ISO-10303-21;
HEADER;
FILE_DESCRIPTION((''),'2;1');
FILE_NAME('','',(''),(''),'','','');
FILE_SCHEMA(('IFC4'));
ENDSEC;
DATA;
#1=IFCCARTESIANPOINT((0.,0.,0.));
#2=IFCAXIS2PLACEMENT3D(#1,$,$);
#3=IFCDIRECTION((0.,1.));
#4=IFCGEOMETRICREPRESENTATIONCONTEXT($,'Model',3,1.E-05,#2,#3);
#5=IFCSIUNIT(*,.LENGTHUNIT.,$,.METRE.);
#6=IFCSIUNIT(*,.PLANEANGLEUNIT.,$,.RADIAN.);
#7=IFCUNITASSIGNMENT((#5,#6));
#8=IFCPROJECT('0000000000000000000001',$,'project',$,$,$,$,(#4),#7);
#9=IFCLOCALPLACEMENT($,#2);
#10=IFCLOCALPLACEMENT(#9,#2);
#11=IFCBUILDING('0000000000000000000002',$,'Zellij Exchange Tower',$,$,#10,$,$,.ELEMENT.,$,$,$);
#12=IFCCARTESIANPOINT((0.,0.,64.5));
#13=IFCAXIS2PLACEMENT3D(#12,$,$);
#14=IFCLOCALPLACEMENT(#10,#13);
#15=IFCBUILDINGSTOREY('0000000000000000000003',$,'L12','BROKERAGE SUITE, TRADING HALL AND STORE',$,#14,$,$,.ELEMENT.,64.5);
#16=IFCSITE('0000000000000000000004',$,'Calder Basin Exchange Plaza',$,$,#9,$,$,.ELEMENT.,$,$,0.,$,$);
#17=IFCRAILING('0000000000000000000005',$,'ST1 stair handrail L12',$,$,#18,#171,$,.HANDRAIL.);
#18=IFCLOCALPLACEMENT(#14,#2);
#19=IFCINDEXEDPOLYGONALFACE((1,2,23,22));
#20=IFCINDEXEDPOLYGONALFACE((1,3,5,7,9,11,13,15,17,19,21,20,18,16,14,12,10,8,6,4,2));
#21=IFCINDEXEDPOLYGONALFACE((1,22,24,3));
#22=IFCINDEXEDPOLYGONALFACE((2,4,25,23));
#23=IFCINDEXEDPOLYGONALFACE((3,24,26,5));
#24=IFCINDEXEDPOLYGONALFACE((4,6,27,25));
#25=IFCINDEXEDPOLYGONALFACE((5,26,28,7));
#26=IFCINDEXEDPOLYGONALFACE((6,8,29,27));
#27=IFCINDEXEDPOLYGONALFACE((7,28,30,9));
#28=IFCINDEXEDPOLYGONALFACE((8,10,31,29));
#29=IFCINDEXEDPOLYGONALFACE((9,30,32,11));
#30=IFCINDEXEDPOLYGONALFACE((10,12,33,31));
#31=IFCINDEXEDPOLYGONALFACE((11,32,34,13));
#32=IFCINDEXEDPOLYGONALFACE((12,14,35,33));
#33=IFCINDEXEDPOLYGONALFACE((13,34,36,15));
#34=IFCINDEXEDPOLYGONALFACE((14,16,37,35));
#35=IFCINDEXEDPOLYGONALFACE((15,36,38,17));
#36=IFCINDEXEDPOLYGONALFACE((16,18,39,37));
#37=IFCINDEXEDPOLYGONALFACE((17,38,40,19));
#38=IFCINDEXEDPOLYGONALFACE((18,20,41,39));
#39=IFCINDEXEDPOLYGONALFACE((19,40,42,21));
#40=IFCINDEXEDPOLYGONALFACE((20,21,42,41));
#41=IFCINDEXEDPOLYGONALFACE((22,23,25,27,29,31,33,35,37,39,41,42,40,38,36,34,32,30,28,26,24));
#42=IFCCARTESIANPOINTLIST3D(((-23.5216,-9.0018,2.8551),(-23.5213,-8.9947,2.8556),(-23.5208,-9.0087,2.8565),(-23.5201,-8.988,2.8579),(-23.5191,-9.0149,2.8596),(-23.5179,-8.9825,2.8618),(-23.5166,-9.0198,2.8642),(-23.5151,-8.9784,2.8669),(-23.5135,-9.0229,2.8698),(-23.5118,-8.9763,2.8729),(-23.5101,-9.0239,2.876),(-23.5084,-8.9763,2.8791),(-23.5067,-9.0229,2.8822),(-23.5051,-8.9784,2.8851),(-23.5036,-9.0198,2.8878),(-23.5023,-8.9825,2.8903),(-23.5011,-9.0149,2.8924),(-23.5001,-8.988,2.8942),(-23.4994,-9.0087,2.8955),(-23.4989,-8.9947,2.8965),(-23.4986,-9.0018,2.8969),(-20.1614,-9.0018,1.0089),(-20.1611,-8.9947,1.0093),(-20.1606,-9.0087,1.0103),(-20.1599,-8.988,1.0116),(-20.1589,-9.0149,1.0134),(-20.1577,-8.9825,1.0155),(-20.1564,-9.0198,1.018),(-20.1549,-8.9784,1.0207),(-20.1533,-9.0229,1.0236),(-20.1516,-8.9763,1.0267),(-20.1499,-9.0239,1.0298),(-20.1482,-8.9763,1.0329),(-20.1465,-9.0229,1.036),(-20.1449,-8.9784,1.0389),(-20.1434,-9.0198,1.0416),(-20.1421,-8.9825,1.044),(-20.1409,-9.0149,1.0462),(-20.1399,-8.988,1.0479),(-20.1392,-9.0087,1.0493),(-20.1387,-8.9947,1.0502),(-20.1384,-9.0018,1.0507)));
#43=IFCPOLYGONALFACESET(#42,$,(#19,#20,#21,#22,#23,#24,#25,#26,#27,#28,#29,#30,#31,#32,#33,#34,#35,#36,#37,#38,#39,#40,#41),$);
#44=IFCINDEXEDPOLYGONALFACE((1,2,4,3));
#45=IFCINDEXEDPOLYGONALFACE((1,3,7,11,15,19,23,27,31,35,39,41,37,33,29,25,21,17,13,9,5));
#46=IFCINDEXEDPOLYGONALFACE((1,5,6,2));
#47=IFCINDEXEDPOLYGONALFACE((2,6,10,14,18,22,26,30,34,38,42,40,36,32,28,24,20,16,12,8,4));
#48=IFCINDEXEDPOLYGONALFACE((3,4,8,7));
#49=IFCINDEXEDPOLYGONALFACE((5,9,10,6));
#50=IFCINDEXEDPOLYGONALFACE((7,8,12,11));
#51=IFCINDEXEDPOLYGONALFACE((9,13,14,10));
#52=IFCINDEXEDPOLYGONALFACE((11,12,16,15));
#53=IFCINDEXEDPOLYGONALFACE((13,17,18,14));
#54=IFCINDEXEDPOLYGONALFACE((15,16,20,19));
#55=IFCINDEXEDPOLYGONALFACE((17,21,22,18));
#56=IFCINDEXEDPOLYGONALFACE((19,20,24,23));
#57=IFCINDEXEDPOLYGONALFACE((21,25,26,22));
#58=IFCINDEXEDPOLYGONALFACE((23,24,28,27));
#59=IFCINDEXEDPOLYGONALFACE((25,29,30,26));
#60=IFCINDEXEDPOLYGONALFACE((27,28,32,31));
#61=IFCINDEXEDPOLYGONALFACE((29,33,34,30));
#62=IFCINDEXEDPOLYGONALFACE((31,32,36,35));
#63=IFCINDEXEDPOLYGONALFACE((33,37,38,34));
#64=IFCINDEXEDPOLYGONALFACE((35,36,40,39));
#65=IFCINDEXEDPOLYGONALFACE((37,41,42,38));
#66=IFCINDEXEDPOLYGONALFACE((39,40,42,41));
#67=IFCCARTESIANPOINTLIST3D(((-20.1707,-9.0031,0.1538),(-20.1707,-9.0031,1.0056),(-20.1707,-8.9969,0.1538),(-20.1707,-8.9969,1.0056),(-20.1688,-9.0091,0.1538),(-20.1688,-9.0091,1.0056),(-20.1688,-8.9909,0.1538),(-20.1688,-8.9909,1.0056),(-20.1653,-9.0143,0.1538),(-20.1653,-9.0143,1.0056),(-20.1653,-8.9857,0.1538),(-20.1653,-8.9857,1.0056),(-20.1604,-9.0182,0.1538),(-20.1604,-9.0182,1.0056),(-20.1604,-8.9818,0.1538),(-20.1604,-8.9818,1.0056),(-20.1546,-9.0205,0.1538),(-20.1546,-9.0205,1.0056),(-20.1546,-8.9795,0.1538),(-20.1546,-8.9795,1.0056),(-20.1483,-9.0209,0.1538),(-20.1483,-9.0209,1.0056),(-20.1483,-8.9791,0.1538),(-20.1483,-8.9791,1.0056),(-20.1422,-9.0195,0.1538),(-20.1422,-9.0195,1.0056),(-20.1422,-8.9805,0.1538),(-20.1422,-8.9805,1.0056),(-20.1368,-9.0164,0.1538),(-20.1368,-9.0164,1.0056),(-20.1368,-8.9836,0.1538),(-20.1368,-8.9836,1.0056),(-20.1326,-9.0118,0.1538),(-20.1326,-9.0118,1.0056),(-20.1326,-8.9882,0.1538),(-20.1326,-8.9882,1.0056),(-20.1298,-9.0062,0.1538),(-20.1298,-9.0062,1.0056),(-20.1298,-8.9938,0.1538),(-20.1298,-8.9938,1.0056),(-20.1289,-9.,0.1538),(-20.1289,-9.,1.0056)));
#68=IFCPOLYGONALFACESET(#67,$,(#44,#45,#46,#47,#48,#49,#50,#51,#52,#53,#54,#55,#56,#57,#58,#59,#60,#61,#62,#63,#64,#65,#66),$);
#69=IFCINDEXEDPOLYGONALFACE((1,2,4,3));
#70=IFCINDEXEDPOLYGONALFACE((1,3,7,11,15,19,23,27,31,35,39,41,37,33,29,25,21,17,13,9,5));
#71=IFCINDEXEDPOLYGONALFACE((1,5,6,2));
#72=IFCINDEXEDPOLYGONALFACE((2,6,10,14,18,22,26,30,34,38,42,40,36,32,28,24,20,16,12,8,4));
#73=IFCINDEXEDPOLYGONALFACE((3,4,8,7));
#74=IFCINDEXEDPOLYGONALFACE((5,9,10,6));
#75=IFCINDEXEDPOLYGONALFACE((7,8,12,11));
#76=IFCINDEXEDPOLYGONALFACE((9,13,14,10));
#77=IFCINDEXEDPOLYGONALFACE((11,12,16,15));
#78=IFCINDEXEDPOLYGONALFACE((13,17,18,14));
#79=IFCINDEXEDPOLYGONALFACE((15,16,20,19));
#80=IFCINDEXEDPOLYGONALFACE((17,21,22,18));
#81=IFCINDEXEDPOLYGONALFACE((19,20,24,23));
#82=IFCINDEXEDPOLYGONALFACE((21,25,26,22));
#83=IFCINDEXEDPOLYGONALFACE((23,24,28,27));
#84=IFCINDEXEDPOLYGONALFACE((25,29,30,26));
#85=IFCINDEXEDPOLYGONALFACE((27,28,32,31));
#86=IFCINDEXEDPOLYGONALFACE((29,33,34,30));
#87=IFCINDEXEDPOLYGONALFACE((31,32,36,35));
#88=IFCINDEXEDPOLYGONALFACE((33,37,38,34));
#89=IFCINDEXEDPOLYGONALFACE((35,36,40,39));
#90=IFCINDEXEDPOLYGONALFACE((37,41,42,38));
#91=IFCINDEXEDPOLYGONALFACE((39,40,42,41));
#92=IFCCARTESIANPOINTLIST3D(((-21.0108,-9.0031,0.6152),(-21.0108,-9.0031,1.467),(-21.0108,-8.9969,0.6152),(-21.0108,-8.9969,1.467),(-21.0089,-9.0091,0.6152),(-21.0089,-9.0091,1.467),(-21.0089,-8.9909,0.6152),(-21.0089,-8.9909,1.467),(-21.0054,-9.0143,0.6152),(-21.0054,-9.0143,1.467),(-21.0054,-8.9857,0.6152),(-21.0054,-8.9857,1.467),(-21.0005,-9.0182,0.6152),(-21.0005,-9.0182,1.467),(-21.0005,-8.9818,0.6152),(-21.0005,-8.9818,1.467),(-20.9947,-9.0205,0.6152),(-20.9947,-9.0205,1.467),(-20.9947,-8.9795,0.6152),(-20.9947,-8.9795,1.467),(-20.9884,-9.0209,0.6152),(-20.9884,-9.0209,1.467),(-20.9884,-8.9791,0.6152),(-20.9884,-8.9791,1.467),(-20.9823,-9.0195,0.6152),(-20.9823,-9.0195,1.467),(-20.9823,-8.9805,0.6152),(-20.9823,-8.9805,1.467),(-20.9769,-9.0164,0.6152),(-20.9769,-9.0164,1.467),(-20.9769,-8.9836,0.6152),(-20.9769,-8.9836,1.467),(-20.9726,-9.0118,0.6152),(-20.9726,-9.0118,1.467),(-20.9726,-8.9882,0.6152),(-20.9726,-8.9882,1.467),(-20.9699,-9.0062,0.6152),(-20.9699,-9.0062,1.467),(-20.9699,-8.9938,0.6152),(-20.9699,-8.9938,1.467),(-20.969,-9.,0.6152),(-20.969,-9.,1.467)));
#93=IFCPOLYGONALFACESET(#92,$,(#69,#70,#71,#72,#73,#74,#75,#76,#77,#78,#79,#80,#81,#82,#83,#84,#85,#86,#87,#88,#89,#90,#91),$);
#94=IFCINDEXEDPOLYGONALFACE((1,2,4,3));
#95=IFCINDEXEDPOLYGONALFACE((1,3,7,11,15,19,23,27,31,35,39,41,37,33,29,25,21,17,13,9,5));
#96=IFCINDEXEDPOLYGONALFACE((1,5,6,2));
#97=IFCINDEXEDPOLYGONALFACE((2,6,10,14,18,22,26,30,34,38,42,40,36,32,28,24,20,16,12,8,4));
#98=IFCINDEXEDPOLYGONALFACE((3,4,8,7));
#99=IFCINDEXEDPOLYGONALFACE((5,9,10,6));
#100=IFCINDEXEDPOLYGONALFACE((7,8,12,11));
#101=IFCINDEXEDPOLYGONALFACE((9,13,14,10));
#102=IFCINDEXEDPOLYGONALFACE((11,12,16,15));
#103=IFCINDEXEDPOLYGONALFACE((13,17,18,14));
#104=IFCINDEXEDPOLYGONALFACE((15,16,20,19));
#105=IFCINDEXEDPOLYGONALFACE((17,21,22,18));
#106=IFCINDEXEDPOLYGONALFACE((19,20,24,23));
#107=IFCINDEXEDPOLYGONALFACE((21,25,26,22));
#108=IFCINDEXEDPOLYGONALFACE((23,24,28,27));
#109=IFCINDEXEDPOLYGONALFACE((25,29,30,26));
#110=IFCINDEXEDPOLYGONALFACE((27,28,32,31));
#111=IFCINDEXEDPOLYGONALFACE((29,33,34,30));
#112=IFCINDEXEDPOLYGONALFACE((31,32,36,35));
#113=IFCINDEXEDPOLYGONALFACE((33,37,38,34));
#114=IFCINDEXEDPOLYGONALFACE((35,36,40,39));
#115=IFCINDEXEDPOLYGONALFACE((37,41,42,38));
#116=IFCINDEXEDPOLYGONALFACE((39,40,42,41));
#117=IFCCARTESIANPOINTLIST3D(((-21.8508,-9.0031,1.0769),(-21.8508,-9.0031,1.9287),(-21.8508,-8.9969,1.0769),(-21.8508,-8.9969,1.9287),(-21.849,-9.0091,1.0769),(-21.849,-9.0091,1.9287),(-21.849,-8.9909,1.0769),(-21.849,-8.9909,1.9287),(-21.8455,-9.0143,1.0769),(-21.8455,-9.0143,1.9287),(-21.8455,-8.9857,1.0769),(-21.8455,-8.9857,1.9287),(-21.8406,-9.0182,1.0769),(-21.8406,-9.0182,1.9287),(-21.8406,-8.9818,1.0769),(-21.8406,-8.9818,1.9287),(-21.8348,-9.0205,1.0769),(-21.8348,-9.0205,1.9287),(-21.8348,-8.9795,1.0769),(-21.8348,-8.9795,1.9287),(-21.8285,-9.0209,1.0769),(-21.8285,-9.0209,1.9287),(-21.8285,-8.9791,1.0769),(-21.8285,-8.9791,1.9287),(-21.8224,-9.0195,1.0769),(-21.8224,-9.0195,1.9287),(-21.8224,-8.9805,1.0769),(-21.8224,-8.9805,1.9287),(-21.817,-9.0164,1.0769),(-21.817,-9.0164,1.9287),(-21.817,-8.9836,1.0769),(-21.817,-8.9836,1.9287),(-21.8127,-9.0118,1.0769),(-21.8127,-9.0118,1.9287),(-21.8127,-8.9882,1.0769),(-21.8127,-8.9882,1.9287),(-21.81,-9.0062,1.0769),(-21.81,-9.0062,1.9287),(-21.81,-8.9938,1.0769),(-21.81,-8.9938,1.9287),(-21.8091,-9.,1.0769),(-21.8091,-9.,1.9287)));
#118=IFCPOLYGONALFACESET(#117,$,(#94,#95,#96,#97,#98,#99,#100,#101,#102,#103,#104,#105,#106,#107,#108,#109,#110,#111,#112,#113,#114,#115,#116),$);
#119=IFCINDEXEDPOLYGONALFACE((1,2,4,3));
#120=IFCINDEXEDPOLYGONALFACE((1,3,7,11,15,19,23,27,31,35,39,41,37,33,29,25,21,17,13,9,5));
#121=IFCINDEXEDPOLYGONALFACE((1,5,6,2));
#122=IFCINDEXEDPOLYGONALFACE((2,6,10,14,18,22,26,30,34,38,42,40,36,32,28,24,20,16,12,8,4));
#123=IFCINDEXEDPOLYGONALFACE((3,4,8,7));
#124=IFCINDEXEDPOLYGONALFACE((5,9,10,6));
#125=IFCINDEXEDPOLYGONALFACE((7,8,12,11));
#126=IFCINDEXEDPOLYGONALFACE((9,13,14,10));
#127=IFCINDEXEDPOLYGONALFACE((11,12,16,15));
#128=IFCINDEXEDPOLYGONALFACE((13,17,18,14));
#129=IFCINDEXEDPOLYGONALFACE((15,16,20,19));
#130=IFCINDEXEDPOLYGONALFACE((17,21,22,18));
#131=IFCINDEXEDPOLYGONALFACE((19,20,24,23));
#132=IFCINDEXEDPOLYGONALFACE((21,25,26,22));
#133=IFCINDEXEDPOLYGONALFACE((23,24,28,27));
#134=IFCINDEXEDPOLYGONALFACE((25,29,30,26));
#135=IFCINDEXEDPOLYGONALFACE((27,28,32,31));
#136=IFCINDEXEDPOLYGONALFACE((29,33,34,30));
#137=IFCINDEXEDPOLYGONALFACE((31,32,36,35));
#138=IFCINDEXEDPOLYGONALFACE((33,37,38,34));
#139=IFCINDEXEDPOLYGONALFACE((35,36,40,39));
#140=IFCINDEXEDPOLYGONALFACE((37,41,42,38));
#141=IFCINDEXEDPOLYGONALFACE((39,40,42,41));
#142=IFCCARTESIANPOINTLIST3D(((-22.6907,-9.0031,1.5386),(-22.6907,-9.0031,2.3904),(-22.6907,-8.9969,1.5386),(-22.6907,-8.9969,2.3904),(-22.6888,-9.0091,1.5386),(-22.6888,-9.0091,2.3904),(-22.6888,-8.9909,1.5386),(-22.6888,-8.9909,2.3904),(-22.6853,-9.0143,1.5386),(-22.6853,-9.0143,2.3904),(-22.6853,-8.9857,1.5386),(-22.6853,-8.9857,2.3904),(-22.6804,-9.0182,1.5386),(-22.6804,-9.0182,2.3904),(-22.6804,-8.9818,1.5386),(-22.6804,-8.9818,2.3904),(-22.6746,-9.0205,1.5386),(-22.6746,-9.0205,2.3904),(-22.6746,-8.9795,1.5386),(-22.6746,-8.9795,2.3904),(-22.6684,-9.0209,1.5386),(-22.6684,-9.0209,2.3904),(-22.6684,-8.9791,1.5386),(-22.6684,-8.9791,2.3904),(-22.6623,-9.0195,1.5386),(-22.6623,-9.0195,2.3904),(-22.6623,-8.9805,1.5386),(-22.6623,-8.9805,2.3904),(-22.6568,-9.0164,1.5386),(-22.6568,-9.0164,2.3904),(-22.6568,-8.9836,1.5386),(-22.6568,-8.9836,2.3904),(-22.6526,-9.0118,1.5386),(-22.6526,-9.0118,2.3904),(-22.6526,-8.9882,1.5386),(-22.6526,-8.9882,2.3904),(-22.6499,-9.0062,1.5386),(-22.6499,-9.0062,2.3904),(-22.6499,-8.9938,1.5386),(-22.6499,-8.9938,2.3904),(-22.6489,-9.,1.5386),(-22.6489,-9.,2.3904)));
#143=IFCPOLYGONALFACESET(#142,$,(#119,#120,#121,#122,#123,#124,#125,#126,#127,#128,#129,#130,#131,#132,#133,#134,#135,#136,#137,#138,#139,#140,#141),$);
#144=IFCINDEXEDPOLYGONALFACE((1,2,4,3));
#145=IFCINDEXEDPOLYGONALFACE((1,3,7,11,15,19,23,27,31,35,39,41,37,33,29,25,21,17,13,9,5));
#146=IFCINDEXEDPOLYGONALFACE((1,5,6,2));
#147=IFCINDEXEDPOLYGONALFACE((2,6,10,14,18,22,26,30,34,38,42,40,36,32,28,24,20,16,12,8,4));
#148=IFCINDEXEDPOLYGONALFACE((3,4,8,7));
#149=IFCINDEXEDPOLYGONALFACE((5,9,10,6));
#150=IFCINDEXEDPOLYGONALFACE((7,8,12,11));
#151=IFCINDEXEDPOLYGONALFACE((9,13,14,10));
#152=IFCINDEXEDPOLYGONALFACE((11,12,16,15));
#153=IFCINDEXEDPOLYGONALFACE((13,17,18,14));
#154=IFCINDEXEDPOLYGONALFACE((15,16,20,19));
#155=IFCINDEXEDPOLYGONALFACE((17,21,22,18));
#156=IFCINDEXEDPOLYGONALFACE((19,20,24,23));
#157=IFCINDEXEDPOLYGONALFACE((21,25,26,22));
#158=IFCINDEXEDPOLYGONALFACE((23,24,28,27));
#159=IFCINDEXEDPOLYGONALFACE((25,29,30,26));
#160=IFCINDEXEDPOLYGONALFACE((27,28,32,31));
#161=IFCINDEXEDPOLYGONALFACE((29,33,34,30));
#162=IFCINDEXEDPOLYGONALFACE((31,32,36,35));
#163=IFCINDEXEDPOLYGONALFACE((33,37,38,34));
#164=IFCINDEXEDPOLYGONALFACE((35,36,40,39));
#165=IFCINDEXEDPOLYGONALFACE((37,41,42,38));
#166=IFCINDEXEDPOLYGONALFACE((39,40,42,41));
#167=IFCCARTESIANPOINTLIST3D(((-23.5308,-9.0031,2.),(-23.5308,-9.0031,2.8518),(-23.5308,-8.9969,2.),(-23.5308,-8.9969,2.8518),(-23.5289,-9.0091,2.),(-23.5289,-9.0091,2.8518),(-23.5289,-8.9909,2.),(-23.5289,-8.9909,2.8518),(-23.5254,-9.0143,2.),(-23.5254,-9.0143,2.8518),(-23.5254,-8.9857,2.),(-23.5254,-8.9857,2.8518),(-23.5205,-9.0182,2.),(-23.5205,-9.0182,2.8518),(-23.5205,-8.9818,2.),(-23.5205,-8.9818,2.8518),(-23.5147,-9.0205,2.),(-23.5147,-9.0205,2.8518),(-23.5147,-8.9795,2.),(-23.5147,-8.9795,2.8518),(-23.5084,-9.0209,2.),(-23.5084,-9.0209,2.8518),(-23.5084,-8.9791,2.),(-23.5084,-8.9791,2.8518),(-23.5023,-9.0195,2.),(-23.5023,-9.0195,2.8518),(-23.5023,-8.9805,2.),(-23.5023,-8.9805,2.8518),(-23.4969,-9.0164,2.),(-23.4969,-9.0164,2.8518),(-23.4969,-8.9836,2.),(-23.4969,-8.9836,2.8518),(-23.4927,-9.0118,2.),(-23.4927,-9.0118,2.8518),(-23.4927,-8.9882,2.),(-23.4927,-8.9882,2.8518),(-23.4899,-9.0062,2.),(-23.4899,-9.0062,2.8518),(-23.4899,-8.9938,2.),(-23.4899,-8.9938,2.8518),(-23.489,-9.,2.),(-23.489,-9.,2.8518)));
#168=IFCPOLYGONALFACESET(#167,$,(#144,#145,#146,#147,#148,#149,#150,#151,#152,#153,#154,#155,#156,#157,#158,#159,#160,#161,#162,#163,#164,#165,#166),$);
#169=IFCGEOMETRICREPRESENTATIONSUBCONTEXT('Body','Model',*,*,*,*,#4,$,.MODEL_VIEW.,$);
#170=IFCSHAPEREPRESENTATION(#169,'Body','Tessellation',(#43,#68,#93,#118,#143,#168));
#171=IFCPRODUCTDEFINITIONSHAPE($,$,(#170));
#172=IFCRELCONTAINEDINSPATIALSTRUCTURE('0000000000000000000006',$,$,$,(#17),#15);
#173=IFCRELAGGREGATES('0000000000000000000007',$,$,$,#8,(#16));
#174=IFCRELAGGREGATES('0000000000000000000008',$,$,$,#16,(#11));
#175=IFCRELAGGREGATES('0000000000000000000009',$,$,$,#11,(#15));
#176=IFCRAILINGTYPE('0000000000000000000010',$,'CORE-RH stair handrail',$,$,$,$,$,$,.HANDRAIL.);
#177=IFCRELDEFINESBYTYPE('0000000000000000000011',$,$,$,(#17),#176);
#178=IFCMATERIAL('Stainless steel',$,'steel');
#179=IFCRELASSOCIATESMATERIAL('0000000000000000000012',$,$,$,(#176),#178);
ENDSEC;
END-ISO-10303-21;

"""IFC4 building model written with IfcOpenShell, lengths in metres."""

from ifc_helpers import new_model, si_unit, direction, frame, origin, origin_2d, place, context, subcontext, project, spatial, circle, extrude, material, type_object, element, save


model = new_model("IFC4")

# Units and contexts
model_context = context("Model", 3, precision=1e-05, world=origin(), true_north=direction((0.0, 1.0)))
body_context = subcontext(model_context, "Body", "Model", "MODEL_VIEW")
ifc_project = project(units=[si_unit("LENGTHUNIT", "METRE"), si_unit("PLANEANGLEUNIT", "RADIAN")], contexts=[model_context])

# Site, building, storey
site_placement = place(None, origin())
site = spatial("IfcSite", under=ifc_project, at=site_placement, Name="Calder Basin Exchange Plaza", CompositionType="ELEMENT", RefElevation=0.0)
building_placement = place(site_placement, origin())
building = spatial("IfcBuilding", under=site, at=building_placement, Name="Zellij Exchange Tower", CompositionType="ELEMENT")
storey_placement = place(building_placement, frame((0.0, 0.0, 64.5)))
storey = spatial("IfcBuildingStorey", under=building, at=storey_placement, Name="L12", Description="BROKERAGE SUITE, TRADING HALL AND STORE", CompositionType="ELEMENT", Elevation=64.5)

# Railing
ifc_material_1 = material(Name="Stainless steel", Category="steel")
railing_type_1 = type_object("IfcRailingType", Name="CORE-RH stair handrail", PredefinedType="HANDRAIL", material=ifc_material_1)
railing_1_placement = place(storey_placement, frame((-20.1499, -9.0, 0.1538)))
element("IfcRailing", 1, at=railing_1_placement, inside=storey, type_object=railing_type_1, Name="ST1 stair handrail L12", PredefinedType="HANDRAIL", context=body_context, shape_type="SweptSolid", body=[
    extrude(circle(Radius=0.0239, at=origin_2d()), frame((0.0, 0.0, 0.876), z_axis=(-0.876422, 0.0, 0.481545), x_axis=(0.0, -1.0, 0.0)), (0.0, 0.0, 1.0), 3.834),
    extrude(circle(Radius=0.021, at=origin_2d()), origin(), (0.0, 0.0, 1.0), 0.8518),
    extrude(circle(Radius=0.021, at=origin_2d()), frame((-0.8401, 0.0, 0.4614)), (0.0, 0.0, 1.0), 0.8518),
    extrude(circle(Radius=0.021, at=origin_2d()), frame((-1.6802, 0.0, 0.9231)), (0.0, 0.0, 1.0), 0.8518),
    extrude(circle(Radius=0.021, at=origin_2d()), frame((-2.52, 0.0, 1.3848)), (0.0, 0.0, 1.0), 0.8518),
    extrude(circle(Radius=0.021, at=origin_2d()), frame((-3.3601, 0.0, 1.8462)), (0.0, 0.0, 1.0), 0.8518),
])

save(model, "model.ifc")
